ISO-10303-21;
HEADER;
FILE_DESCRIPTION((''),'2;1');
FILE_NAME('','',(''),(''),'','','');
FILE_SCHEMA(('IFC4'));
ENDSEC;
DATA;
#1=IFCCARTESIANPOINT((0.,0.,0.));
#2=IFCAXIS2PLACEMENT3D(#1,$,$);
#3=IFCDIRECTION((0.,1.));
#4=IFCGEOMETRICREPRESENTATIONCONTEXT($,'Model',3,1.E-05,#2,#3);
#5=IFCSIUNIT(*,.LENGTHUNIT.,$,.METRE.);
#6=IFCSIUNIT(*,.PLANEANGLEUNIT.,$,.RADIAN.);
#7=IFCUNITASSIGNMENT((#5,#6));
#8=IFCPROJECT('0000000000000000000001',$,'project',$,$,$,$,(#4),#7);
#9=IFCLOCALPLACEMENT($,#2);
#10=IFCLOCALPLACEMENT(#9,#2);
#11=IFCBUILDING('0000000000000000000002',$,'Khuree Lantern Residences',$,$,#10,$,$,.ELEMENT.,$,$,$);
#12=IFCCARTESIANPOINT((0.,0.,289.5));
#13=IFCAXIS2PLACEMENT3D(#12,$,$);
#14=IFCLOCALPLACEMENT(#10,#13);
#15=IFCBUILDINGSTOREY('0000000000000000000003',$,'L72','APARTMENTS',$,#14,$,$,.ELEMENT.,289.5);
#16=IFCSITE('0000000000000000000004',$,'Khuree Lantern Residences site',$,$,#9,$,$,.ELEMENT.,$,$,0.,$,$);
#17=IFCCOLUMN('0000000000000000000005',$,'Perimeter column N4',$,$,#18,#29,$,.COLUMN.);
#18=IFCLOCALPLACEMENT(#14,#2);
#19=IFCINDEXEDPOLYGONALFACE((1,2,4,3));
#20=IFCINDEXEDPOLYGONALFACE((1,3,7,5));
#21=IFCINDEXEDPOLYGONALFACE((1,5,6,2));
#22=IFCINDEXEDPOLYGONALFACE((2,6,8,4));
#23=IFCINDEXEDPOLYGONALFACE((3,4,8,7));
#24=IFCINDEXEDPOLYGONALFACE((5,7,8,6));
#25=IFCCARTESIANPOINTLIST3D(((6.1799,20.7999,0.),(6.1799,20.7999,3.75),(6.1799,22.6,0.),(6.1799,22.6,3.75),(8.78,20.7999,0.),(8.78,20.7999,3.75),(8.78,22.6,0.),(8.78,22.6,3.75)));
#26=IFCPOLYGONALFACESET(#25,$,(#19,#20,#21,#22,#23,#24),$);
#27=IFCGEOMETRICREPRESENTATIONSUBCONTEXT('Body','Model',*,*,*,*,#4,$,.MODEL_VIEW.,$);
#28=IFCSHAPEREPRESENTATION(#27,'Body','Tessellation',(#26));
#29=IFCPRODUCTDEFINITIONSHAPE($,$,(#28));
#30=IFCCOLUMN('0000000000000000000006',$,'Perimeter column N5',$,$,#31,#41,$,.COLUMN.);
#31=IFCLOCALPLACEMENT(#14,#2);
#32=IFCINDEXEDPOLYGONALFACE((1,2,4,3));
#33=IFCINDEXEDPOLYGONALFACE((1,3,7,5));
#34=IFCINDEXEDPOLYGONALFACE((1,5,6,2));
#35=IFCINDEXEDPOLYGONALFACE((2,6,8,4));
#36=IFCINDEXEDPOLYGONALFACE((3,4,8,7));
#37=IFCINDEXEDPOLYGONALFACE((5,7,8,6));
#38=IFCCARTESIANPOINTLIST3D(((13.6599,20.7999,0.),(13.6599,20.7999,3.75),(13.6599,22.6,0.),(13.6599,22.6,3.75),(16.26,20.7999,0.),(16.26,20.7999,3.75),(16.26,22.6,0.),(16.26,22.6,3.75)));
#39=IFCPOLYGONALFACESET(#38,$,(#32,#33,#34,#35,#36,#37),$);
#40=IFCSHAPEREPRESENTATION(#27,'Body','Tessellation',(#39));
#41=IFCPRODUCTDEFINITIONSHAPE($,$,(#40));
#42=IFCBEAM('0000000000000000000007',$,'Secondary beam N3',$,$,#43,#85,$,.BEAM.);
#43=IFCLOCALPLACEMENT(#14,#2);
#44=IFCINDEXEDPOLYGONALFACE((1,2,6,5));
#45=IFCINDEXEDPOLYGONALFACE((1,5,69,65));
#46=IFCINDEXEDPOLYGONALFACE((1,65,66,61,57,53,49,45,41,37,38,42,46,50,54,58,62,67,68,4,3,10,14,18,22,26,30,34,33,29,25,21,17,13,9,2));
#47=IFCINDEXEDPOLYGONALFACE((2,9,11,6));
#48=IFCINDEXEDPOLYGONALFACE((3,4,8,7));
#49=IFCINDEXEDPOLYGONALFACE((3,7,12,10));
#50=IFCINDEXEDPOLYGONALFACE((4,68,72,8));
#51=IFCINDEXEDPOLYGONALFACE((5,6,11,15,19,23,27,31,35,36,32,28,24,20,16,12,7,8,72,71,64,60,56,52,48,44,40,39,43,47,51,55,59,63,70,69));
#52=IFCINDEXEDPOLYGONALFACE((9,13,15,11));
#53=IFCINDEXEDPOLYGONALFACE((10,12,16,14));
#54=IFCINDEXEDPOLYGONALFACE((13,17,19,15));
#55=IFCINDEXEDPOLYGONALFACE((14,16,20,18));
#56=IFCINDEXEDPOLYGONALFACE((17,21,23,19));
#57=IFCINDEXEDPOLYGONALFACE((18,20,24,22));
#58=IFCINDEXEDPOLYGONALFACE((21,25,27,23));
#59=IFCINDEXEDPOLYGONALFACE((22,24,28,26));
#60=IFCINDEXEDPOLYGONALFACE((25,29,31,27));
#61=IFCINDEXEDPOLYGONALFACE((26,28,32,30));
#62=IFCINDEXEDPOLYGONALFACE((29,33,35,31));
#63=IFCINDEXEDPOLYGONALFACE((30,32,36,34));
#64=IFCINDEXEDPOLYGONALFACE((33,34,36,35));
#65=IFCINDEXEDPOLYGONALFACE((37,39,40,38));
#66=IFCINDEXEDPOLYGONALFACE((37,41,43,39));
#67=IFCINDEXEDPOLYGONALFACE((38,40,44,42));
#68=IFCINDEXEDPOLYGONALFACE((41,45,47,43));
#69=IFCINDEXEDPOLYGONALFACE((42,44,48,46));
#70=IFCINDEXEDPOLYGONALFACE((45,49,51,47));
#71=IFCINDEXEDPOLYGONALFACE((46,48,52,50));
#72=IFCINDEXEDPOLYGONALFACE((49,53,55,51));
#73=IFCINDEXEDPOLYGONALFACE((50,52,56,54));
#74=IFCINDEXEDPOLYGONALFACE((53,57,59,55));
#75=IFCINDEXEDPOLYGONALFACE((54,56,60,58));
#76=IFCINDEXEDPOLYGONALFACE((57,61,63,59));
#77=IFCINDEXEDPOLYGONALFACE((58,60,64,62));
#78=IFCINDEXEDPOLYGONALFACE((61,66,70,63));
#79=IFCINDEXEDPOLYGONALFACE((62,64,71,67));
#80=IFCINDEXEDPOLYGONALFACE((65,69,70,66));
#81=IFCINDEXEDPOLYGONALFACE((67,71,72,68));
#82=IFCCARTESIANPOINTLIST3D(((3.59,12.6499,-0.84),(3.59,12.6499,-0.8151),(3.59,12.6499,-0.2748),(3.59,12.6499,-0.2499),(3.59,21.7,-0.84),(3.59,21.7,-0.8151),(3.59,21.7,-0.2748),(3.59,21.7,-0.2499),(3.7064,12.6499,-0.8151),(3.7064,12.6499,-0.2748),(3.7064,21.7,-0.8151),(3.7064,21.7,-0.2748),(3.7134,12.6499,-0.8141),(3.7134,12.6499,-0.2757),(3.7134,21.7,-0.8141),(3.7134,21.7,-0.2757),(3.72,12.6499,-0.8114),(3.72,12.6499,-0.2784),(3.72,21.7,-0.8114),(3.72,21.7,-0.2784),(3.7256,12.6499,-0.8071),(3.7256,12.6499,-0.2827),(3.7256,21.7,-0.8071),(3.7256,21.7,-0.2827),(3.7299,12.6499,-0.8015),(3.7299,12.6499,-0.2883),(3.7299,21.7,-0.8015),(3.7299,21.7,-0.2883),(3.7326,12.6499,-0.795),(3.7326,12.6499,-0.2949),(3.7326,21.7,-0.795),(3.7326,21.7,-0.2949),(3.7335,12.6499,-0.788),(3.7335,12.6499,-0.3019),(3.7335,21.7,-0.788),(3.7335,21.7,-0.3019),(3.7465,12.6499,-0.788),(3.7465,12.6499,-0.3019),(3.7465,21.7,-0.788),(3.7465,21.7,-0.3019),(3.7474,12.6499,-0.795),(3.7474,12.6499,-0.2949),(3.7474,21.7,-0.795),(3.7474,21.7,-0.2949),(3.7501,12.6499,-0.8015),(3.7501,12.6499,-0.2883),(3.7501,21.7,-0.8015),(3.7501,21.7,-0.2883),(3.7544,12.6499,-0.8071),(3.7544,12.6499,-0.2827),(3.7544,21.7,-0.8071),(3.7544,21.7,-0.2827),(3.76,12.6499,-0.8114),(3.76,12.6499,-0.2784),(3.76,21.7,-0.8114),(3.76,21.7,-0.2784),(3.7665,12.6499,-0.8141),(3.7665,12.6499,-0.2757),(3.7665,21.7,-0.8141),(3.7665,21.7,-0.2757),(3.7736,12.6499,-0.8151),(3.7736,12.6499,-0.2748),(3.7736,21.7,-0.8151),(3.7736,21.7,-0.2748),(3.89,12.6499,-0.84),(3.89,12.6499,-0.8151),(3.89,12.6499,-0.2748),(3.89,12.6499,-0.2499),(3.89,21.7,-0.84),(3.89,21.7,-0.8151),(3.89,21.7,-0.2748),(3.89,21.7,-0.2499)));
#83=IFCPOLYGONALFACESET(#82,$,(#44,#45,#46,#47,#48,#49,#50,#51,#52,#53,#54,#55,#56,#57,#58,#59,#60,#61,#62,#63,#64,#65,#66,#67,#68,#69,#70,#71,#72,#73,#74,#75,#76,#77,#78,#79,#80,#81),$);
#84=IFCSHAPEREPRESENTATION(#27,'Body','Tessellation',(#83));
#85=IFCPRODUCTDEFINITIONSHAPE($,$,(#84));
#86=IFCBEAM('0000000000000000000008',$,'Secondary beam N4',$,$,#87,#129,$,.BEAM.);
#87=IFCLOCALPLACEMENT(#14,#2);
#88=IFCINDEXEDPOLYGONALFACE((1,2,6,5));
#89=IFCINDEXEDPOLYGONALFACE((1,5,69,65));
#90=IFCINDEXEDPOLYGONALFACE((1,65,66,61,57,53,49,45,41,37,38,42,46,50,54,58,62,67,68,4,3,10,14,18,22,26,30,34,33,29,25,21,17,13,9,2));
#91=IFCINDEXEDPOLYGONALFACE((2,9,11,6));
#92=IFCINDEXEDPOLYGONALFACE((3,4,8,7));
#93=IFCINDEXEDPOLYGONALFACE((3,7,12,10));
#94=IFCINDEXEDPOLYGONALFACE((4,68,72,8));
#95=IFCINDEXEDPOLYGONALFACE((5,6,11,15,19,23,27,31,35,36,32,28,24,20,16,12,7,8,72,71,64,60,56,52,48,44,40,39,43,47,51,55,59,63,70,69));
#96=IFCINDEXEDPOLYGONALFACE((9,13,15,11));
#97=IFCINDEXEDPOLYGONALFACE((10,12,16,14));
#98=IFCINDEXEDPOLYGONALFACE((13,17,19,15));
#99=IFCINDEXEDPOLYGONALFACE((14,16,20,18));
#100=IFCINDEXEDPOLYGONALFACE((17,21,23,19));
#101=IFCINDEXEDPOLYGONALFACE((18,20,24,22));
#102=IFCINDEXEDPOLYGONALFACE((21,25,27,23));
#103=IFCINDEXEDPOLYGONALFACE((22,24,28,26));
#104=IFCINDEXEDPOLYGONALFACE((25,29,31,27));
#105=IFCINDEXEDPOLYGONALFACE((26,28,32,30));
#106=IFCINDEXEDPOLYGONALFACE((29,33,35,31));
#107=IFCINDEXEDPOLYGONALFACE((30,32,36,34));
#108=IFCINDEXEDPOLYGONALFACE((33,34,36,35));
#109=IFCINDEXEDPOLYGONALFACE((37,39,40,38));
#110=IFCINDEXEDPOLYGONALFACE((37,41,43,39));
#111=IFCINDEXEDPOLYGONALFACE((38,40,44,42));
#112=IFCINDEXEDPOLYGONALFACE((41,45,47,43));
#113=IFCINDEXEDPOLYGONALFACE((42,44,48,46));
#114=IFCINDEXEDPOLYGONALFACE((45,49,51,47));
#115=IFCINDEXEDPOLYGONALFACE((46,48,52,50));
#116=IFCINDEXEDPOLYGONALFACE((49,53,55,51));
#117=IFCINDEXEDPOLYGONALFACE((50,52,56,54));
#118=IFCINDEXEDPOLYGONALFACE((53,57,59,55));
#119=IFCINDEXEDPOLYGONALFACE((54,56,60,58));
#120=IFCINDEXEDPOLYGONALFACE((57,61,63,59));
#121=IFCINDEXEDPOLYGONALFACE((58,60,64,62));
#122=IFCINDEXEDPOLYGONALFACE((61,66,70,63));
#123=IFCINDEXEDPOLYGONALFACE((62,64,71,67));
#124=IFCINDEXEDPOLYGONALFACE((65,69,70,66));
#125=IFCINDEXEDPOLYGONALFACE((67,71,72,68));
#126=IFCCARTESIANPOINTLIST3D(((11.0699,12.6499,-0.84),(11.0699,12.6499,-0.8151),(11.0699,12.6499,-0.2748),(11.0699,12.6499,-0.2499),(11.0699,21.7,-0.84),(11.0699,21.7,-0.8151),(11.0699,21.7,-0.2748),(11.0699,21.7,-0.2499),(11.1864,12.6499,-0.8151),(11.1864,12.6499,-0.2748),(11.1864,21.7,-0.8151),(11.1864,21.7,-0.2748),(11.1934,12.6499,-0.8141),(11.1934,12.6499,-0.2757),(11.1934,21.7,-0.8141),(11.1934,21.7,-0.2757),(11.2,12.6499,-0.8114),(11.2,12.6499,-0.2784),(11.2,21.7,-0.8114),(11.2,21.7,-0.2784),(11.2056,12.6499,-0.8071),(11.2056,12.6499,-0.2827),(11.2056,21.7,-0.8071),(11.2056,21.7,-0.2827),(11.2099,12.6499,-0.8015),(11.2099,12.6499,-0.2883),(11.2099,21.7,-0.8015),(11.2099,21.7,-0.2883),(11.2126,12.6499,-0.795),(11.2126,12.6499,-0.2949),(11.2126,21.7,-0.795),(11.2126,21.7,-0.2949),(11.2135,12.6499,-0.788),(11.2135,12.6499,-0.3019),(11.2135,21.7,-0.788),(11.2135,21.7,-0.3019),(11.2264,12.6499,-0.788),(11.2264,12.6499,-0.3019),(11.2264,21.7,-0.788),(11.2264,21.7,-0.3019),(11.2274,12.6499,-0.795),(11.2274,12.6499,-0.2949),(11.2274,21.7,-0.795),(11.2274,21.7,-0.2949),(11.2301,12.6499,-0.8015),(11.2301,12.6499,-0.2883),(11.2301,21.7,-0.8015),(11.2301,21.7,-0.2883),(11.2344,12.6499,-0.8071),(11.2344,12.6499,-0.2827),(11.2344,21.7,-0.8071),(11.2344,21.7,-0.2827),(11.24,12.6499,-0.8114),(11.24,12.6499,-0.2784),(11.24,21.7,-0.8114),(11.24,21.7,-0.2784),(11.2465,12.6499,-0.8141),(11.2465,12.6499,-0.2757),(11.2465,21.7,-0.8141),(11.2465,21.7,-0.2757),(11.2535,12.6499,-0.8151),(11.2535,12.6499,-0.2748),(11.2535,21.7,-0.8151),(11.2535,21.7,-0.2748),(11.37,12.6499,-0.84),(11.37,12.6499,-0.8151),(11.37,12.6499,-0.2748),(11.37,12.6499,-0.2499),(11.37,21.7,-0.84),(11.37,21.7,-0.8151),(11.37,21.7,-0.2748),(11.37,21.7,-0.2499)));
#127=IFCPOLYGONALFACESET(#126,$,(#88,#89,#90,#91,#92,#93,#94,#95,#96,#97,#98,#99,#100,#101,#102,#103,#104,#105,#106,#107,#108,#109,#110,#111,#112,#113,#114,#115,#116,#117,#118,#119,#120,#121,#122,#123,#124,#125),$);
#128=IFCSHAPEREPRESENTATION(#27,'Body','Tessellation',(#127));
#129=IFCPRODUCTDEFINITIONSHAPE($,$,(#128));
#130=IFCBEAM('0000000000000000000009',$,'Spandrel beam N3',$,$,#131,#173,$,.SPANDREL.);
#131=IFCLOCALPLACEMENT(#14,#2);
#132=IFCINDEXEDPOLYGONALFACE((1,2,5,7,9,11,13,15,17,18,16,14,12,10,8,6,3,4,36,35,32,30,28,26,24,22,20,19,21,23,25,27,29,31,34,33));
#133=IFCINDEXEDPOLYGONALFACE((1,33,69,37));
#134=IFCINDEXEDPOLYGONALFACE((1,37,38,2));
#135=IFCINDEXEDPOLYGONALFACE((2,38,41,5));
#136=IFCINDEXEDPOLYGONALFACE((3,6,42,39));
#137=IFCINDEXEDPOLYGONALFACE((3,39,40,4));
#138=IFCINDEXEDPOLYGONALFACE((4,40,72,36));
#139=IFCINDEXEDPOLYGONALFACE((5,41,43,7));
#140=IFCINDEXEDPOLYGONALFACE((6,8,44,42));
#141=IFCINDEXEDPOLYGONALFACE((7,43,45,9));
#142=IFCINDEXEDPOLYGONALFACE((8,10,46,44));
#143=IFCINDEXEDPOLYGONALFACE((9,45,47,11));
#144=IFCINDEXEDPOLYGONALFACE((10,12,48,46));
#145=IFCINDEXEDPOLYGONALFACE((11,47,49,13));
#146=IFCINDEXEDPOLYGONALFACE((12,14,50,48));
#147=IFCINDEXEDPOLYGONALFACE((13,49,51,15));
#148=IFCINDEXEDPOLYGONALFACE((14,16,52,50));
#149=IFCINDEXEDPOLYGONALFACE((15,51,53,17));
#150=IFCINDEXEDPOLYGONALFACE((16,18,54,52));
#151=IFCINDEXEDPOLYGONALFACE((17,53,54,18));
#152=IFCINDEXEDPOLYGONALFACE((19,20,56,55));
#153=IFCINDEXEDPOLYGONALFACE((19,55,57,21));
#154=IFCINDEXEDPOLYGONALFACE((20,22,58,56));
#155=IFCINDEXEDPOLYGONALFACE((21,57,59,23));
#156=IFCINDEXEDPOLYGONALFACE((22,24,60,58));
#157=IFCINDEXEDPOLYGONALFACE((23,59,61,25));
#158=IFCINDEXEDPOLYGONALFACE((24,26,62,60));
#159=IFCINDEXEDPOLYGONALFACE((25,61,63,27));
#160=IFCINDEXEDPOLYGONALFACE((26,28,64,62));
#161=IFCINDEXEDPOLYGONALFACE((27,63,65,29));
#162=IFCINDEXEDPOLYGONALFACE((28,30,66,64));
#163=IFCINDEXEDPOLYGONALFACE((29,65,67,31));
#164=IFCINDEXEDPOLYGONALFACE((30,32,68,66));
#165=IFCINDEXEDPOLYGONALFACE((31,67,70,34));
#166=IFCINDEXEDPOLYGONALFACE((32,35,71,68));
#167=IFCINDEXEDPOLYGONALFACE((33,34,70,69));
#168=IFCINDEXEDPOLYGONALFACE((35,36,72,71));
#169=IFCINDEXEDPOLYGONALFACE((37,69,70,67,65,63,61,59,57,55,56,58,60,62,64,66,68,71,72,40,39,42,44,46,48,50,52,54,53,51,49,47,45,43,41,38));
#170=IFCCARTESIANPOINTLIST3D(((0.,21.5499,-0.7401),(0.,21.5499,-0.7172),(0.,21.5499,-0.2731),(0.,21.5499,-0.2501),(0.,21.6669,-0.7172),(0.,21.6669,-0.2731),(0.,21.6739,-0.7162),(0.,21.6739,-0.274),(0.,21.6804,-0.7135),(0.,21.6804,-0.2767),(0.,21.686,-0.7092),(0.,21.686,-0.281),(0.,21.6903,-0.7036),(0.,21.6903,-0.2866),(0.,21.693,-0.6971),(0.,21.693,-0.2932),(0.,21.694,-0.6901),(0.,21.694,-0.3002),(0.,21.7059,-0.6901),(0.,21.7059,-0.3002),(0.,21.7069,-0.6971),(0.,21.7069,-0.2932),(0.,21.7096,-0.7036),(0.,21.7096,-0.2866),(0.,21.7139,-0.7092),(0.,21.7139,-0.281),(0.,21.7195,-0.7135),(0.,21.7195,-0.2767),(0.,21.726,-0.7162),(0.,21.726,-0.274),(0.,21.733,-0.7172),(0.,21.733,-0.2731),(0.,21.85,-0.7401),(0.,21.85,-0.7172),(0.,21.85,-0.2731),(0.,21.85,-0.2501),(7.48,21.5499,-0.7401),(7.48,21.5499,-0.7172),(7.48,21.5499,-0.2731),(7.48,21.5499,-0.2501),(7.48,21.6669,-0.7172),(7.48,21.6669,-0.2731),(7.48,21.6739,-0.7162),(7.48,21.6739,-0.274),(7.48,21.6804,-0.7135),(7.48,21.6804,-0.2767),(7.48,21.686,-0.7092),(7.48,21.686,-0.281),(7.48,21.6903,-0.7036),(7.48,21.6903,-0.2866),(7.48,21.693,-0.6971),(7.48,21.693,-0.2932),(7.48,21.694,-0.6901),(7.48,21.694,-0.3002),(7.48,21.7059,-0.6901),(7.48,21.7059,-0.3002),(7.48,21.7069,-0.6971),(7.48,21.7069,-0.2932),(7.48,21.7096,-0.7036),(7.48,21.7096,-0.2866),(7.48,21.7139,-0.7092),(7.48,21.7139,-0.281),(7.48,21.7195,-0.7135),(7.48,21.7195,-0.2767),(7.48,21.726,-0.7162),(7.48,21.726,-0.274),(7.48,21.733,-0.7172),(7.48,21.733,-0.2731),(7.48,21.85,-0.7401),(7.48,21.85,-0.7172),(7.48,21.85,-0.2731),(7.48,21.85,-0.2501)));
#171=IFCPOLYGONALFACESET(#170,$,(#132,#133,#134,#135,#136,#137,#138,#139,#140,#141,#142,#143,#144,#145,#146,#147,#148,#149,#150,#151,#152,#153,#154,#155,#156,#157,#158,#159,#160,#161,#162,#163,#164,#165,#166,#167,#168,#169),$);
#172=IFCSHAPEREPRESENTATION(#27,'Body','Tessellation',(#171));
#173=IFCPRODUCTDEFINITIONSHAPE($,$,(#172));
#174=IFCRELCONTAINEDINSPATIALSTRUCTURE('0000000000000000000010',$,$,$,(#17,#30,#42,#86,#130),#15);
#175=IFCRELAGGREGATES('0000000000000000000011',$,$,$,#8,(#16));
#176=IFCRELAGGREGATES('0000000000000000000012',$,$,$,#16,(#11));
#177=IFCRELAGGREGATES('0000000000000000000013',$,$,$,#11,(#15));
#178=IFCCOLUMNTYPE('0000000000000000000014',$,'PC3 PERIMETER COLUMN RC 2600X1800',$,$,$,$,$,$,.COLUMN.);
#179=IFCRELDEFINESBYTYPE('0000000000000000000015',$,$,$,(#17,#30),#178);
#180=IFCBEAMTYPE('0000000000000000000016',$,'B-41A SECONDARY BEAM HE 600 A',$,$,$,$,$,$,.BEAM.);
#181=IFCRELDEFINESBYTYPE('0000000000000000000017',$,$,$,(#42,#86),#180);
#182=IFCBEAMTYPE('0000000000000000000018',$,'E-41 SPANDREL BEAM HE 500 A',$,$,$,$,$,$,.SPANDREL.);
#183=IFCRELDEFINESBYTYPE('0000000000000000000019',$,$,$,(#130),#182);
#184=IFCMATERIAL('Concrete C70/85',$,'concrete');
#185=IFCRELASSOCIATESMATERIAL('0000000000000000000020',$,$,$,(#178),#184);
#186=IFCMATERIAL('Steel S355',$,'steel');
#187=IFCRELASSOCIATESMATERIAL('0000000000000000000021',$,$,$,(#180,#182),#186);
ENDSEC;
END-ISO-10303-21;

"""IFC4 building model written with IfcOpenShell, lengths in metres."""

from ifc_helpers import new_model, si_unit, direction, frame, origin, origin_2d, place, context, subcontext, project, spatial, rectangle, i_section, extrude, material, material_profile, profile_set, type_object, element, save


model = new_model("IFC4")

# Units and contexts
model_context = context("Model", 3, precision=1e-05, world=origin(), true_north=direction((0.0, 1.0)))
body_context = subcontext(model_context, "Body", "Model", "MODEL_VIEW")
ifc_project = project(units=[si_unit("LENGTHUNIT", "METRE"), si_unit("PLANEANGLEUNIT", "RADIAN")], contexts=[model_context])

# Site, building, storey
site_placement = place(None, origin())
site = spatial("IfcSite", under=ifc_project, at=site_placement, Name="Khuree Lantern Residences site", CompositionType="ELEMENT", RefElevation=0.0)
building_placement = place(site_placement, origin())
building = spatial("IfcBuilding", under=site, at=building_placement, Name="Khuree Lantern Residences", CompositionType="ELEMENT")
storey_placement = place(building_placement, frame((0.0, 0.0, 289.5)))
storey = spatial("IfcBuildingStorey", under=building, at=storey_placement, Name="L72", Description="APARTMENTS", CompositionType="ELEMENT", Elevation=289.5)

# Columns
ifc_material_1 = material(Name="Concrete C70/85", Category="concrete")
ifc_material_profile_1 = material_profile(ifc_material_1, rectangle(XDim=2.6001, YDim=1.8, at=origin_2d()), Name="RC 2600X1800")
ifc_profile_set_1 = profile_set([ifc_material_profile_1], Name="Concrete C70/85")
column_type = type_object("IfcColumnType", Name="PC3 PERIMETER COLUMN RC 2600X1800", PredefinedType="COLUMN", material=ifc_profile_set_1)
for number, where, z_axis, x_axis, name in (
    (1, (7.48, 21.7, 0.0), (0.0, 0.0, 1.0), (1.0, 0.0, 0.0), "Perimeter column N4"),
    (2, (14.96, 21.7, 0.0), (0.0, 0.0, 1.0), (1.0, 0.0, 0.0), "Perimeter column N5"),
):
    element("IfcColumn", number, at=place(storey_placement, frame(where, z_axis=z_axis, x_axis=x_axis)), inside=storey, type_object=column_type, Name=name, PredefinedType="COLUMN", context=body_context, shape_type="SweptSolid", body=[
        extrude(rectangle(XDim=2.6001, YDim=1.8, at=origin_2d()), origin(), (0.0, 0.0, 1.0), 3.75),
    ])

# Beams
ifc_material_2 = material(Name="Steel S355", Category="steel")
ifc_material_profile_2 = material_profile(ifc_material_2, i_section(OverallWidth=0.3, OverallDepth=0.5901, WebThickness=0.0129, FlangeThickness=0.0249, FilletRadius=0.0271, at=origin_2d()), Name="HE 600 A")
ifc_profile_set_2 = profile_set([ifc_material_profile_2], Name="Steel S355")
beam_type_1 = type_object("IfcBeamType", Name="B-41A SECONDARY BEAM HE 600 A", PredefinedType="BEAM", material=ifc_profile_set_2)
for number, where, z_axis, x_axis, name in (
    (3, (3.74, 21.7, -0.5449), (0.0, -1.0, 0.0), (1.0, 0.0, 0.0), "Secondary beam N3"),
    (4, (11.22, 21.7, -0.5449), (0.0, -1.0, 0.0), (1.0, 0.0, 0.0), "Secondary beam N4"),
):
    element("IfcBeam", number, at=place(storey_placement, frame(where, z_axis=z_axis, x_axis=x_axis)), inside=storey, type_object=beam_type_1, Name=name, PredefinedType="BEAM", context=body_context, shape_type="SweptSolid", body=[
        extrude(i_section(OverallWidth=0.3, OverallDepth=0.5901, WebThickness=0.0129, FlangeThickness=0.0249, FilletRadius=0.0271, at=origin_2d()), origin(), (0.0, 0.0, 1.0), 9.05),
    ])
ifc_material_profile_3 = material_profile(ifc_material_2, i_section(OverallWidth=0.3, OverallDepth=0.49, WebThickness=0.012, FlangeThickness=0.0229, FilletRadius=0.0271, at=origin_2d()), Name="HE 500 A")
ifc_profile_set_3 = profile_set([ifc_material_profile_3], Name="Steel S355")
beam_type_2 = type_object("IfcBeamType", Name="E-41 SPANDREL BEAM HE 500 A", PredefinedType="SPANDREL", material=ifc_profile_set_3)
for number, where, z_axis, x_axis, name in (
    (5, (0.0, 21.7, -0.4951), (1.0, 0.0, 0.0), (0.0, 1.0, 0.0), "Spandrel beam N3"),
):
    element("IfcBeam", number, at=place(storey_placement, frame(where, z_axis=z_axis, x_axis=x_axis)), inside=storey, type_object=beam_type_2, Name=name, PredefinedType="SPANDREL", context=body_context, shape_type="SweptSolid", body=[
        extrude(i_section(OverallWidth=0.3, OverallDepth=0.49, WebThickness=0.012, FlangeThickness=0.0229, FilletRadius=0.0271, at=origin_2d()), origin(), (0.0, 0.0, 1.0), 7.48),
    ])

save(model, "model.ifc")
